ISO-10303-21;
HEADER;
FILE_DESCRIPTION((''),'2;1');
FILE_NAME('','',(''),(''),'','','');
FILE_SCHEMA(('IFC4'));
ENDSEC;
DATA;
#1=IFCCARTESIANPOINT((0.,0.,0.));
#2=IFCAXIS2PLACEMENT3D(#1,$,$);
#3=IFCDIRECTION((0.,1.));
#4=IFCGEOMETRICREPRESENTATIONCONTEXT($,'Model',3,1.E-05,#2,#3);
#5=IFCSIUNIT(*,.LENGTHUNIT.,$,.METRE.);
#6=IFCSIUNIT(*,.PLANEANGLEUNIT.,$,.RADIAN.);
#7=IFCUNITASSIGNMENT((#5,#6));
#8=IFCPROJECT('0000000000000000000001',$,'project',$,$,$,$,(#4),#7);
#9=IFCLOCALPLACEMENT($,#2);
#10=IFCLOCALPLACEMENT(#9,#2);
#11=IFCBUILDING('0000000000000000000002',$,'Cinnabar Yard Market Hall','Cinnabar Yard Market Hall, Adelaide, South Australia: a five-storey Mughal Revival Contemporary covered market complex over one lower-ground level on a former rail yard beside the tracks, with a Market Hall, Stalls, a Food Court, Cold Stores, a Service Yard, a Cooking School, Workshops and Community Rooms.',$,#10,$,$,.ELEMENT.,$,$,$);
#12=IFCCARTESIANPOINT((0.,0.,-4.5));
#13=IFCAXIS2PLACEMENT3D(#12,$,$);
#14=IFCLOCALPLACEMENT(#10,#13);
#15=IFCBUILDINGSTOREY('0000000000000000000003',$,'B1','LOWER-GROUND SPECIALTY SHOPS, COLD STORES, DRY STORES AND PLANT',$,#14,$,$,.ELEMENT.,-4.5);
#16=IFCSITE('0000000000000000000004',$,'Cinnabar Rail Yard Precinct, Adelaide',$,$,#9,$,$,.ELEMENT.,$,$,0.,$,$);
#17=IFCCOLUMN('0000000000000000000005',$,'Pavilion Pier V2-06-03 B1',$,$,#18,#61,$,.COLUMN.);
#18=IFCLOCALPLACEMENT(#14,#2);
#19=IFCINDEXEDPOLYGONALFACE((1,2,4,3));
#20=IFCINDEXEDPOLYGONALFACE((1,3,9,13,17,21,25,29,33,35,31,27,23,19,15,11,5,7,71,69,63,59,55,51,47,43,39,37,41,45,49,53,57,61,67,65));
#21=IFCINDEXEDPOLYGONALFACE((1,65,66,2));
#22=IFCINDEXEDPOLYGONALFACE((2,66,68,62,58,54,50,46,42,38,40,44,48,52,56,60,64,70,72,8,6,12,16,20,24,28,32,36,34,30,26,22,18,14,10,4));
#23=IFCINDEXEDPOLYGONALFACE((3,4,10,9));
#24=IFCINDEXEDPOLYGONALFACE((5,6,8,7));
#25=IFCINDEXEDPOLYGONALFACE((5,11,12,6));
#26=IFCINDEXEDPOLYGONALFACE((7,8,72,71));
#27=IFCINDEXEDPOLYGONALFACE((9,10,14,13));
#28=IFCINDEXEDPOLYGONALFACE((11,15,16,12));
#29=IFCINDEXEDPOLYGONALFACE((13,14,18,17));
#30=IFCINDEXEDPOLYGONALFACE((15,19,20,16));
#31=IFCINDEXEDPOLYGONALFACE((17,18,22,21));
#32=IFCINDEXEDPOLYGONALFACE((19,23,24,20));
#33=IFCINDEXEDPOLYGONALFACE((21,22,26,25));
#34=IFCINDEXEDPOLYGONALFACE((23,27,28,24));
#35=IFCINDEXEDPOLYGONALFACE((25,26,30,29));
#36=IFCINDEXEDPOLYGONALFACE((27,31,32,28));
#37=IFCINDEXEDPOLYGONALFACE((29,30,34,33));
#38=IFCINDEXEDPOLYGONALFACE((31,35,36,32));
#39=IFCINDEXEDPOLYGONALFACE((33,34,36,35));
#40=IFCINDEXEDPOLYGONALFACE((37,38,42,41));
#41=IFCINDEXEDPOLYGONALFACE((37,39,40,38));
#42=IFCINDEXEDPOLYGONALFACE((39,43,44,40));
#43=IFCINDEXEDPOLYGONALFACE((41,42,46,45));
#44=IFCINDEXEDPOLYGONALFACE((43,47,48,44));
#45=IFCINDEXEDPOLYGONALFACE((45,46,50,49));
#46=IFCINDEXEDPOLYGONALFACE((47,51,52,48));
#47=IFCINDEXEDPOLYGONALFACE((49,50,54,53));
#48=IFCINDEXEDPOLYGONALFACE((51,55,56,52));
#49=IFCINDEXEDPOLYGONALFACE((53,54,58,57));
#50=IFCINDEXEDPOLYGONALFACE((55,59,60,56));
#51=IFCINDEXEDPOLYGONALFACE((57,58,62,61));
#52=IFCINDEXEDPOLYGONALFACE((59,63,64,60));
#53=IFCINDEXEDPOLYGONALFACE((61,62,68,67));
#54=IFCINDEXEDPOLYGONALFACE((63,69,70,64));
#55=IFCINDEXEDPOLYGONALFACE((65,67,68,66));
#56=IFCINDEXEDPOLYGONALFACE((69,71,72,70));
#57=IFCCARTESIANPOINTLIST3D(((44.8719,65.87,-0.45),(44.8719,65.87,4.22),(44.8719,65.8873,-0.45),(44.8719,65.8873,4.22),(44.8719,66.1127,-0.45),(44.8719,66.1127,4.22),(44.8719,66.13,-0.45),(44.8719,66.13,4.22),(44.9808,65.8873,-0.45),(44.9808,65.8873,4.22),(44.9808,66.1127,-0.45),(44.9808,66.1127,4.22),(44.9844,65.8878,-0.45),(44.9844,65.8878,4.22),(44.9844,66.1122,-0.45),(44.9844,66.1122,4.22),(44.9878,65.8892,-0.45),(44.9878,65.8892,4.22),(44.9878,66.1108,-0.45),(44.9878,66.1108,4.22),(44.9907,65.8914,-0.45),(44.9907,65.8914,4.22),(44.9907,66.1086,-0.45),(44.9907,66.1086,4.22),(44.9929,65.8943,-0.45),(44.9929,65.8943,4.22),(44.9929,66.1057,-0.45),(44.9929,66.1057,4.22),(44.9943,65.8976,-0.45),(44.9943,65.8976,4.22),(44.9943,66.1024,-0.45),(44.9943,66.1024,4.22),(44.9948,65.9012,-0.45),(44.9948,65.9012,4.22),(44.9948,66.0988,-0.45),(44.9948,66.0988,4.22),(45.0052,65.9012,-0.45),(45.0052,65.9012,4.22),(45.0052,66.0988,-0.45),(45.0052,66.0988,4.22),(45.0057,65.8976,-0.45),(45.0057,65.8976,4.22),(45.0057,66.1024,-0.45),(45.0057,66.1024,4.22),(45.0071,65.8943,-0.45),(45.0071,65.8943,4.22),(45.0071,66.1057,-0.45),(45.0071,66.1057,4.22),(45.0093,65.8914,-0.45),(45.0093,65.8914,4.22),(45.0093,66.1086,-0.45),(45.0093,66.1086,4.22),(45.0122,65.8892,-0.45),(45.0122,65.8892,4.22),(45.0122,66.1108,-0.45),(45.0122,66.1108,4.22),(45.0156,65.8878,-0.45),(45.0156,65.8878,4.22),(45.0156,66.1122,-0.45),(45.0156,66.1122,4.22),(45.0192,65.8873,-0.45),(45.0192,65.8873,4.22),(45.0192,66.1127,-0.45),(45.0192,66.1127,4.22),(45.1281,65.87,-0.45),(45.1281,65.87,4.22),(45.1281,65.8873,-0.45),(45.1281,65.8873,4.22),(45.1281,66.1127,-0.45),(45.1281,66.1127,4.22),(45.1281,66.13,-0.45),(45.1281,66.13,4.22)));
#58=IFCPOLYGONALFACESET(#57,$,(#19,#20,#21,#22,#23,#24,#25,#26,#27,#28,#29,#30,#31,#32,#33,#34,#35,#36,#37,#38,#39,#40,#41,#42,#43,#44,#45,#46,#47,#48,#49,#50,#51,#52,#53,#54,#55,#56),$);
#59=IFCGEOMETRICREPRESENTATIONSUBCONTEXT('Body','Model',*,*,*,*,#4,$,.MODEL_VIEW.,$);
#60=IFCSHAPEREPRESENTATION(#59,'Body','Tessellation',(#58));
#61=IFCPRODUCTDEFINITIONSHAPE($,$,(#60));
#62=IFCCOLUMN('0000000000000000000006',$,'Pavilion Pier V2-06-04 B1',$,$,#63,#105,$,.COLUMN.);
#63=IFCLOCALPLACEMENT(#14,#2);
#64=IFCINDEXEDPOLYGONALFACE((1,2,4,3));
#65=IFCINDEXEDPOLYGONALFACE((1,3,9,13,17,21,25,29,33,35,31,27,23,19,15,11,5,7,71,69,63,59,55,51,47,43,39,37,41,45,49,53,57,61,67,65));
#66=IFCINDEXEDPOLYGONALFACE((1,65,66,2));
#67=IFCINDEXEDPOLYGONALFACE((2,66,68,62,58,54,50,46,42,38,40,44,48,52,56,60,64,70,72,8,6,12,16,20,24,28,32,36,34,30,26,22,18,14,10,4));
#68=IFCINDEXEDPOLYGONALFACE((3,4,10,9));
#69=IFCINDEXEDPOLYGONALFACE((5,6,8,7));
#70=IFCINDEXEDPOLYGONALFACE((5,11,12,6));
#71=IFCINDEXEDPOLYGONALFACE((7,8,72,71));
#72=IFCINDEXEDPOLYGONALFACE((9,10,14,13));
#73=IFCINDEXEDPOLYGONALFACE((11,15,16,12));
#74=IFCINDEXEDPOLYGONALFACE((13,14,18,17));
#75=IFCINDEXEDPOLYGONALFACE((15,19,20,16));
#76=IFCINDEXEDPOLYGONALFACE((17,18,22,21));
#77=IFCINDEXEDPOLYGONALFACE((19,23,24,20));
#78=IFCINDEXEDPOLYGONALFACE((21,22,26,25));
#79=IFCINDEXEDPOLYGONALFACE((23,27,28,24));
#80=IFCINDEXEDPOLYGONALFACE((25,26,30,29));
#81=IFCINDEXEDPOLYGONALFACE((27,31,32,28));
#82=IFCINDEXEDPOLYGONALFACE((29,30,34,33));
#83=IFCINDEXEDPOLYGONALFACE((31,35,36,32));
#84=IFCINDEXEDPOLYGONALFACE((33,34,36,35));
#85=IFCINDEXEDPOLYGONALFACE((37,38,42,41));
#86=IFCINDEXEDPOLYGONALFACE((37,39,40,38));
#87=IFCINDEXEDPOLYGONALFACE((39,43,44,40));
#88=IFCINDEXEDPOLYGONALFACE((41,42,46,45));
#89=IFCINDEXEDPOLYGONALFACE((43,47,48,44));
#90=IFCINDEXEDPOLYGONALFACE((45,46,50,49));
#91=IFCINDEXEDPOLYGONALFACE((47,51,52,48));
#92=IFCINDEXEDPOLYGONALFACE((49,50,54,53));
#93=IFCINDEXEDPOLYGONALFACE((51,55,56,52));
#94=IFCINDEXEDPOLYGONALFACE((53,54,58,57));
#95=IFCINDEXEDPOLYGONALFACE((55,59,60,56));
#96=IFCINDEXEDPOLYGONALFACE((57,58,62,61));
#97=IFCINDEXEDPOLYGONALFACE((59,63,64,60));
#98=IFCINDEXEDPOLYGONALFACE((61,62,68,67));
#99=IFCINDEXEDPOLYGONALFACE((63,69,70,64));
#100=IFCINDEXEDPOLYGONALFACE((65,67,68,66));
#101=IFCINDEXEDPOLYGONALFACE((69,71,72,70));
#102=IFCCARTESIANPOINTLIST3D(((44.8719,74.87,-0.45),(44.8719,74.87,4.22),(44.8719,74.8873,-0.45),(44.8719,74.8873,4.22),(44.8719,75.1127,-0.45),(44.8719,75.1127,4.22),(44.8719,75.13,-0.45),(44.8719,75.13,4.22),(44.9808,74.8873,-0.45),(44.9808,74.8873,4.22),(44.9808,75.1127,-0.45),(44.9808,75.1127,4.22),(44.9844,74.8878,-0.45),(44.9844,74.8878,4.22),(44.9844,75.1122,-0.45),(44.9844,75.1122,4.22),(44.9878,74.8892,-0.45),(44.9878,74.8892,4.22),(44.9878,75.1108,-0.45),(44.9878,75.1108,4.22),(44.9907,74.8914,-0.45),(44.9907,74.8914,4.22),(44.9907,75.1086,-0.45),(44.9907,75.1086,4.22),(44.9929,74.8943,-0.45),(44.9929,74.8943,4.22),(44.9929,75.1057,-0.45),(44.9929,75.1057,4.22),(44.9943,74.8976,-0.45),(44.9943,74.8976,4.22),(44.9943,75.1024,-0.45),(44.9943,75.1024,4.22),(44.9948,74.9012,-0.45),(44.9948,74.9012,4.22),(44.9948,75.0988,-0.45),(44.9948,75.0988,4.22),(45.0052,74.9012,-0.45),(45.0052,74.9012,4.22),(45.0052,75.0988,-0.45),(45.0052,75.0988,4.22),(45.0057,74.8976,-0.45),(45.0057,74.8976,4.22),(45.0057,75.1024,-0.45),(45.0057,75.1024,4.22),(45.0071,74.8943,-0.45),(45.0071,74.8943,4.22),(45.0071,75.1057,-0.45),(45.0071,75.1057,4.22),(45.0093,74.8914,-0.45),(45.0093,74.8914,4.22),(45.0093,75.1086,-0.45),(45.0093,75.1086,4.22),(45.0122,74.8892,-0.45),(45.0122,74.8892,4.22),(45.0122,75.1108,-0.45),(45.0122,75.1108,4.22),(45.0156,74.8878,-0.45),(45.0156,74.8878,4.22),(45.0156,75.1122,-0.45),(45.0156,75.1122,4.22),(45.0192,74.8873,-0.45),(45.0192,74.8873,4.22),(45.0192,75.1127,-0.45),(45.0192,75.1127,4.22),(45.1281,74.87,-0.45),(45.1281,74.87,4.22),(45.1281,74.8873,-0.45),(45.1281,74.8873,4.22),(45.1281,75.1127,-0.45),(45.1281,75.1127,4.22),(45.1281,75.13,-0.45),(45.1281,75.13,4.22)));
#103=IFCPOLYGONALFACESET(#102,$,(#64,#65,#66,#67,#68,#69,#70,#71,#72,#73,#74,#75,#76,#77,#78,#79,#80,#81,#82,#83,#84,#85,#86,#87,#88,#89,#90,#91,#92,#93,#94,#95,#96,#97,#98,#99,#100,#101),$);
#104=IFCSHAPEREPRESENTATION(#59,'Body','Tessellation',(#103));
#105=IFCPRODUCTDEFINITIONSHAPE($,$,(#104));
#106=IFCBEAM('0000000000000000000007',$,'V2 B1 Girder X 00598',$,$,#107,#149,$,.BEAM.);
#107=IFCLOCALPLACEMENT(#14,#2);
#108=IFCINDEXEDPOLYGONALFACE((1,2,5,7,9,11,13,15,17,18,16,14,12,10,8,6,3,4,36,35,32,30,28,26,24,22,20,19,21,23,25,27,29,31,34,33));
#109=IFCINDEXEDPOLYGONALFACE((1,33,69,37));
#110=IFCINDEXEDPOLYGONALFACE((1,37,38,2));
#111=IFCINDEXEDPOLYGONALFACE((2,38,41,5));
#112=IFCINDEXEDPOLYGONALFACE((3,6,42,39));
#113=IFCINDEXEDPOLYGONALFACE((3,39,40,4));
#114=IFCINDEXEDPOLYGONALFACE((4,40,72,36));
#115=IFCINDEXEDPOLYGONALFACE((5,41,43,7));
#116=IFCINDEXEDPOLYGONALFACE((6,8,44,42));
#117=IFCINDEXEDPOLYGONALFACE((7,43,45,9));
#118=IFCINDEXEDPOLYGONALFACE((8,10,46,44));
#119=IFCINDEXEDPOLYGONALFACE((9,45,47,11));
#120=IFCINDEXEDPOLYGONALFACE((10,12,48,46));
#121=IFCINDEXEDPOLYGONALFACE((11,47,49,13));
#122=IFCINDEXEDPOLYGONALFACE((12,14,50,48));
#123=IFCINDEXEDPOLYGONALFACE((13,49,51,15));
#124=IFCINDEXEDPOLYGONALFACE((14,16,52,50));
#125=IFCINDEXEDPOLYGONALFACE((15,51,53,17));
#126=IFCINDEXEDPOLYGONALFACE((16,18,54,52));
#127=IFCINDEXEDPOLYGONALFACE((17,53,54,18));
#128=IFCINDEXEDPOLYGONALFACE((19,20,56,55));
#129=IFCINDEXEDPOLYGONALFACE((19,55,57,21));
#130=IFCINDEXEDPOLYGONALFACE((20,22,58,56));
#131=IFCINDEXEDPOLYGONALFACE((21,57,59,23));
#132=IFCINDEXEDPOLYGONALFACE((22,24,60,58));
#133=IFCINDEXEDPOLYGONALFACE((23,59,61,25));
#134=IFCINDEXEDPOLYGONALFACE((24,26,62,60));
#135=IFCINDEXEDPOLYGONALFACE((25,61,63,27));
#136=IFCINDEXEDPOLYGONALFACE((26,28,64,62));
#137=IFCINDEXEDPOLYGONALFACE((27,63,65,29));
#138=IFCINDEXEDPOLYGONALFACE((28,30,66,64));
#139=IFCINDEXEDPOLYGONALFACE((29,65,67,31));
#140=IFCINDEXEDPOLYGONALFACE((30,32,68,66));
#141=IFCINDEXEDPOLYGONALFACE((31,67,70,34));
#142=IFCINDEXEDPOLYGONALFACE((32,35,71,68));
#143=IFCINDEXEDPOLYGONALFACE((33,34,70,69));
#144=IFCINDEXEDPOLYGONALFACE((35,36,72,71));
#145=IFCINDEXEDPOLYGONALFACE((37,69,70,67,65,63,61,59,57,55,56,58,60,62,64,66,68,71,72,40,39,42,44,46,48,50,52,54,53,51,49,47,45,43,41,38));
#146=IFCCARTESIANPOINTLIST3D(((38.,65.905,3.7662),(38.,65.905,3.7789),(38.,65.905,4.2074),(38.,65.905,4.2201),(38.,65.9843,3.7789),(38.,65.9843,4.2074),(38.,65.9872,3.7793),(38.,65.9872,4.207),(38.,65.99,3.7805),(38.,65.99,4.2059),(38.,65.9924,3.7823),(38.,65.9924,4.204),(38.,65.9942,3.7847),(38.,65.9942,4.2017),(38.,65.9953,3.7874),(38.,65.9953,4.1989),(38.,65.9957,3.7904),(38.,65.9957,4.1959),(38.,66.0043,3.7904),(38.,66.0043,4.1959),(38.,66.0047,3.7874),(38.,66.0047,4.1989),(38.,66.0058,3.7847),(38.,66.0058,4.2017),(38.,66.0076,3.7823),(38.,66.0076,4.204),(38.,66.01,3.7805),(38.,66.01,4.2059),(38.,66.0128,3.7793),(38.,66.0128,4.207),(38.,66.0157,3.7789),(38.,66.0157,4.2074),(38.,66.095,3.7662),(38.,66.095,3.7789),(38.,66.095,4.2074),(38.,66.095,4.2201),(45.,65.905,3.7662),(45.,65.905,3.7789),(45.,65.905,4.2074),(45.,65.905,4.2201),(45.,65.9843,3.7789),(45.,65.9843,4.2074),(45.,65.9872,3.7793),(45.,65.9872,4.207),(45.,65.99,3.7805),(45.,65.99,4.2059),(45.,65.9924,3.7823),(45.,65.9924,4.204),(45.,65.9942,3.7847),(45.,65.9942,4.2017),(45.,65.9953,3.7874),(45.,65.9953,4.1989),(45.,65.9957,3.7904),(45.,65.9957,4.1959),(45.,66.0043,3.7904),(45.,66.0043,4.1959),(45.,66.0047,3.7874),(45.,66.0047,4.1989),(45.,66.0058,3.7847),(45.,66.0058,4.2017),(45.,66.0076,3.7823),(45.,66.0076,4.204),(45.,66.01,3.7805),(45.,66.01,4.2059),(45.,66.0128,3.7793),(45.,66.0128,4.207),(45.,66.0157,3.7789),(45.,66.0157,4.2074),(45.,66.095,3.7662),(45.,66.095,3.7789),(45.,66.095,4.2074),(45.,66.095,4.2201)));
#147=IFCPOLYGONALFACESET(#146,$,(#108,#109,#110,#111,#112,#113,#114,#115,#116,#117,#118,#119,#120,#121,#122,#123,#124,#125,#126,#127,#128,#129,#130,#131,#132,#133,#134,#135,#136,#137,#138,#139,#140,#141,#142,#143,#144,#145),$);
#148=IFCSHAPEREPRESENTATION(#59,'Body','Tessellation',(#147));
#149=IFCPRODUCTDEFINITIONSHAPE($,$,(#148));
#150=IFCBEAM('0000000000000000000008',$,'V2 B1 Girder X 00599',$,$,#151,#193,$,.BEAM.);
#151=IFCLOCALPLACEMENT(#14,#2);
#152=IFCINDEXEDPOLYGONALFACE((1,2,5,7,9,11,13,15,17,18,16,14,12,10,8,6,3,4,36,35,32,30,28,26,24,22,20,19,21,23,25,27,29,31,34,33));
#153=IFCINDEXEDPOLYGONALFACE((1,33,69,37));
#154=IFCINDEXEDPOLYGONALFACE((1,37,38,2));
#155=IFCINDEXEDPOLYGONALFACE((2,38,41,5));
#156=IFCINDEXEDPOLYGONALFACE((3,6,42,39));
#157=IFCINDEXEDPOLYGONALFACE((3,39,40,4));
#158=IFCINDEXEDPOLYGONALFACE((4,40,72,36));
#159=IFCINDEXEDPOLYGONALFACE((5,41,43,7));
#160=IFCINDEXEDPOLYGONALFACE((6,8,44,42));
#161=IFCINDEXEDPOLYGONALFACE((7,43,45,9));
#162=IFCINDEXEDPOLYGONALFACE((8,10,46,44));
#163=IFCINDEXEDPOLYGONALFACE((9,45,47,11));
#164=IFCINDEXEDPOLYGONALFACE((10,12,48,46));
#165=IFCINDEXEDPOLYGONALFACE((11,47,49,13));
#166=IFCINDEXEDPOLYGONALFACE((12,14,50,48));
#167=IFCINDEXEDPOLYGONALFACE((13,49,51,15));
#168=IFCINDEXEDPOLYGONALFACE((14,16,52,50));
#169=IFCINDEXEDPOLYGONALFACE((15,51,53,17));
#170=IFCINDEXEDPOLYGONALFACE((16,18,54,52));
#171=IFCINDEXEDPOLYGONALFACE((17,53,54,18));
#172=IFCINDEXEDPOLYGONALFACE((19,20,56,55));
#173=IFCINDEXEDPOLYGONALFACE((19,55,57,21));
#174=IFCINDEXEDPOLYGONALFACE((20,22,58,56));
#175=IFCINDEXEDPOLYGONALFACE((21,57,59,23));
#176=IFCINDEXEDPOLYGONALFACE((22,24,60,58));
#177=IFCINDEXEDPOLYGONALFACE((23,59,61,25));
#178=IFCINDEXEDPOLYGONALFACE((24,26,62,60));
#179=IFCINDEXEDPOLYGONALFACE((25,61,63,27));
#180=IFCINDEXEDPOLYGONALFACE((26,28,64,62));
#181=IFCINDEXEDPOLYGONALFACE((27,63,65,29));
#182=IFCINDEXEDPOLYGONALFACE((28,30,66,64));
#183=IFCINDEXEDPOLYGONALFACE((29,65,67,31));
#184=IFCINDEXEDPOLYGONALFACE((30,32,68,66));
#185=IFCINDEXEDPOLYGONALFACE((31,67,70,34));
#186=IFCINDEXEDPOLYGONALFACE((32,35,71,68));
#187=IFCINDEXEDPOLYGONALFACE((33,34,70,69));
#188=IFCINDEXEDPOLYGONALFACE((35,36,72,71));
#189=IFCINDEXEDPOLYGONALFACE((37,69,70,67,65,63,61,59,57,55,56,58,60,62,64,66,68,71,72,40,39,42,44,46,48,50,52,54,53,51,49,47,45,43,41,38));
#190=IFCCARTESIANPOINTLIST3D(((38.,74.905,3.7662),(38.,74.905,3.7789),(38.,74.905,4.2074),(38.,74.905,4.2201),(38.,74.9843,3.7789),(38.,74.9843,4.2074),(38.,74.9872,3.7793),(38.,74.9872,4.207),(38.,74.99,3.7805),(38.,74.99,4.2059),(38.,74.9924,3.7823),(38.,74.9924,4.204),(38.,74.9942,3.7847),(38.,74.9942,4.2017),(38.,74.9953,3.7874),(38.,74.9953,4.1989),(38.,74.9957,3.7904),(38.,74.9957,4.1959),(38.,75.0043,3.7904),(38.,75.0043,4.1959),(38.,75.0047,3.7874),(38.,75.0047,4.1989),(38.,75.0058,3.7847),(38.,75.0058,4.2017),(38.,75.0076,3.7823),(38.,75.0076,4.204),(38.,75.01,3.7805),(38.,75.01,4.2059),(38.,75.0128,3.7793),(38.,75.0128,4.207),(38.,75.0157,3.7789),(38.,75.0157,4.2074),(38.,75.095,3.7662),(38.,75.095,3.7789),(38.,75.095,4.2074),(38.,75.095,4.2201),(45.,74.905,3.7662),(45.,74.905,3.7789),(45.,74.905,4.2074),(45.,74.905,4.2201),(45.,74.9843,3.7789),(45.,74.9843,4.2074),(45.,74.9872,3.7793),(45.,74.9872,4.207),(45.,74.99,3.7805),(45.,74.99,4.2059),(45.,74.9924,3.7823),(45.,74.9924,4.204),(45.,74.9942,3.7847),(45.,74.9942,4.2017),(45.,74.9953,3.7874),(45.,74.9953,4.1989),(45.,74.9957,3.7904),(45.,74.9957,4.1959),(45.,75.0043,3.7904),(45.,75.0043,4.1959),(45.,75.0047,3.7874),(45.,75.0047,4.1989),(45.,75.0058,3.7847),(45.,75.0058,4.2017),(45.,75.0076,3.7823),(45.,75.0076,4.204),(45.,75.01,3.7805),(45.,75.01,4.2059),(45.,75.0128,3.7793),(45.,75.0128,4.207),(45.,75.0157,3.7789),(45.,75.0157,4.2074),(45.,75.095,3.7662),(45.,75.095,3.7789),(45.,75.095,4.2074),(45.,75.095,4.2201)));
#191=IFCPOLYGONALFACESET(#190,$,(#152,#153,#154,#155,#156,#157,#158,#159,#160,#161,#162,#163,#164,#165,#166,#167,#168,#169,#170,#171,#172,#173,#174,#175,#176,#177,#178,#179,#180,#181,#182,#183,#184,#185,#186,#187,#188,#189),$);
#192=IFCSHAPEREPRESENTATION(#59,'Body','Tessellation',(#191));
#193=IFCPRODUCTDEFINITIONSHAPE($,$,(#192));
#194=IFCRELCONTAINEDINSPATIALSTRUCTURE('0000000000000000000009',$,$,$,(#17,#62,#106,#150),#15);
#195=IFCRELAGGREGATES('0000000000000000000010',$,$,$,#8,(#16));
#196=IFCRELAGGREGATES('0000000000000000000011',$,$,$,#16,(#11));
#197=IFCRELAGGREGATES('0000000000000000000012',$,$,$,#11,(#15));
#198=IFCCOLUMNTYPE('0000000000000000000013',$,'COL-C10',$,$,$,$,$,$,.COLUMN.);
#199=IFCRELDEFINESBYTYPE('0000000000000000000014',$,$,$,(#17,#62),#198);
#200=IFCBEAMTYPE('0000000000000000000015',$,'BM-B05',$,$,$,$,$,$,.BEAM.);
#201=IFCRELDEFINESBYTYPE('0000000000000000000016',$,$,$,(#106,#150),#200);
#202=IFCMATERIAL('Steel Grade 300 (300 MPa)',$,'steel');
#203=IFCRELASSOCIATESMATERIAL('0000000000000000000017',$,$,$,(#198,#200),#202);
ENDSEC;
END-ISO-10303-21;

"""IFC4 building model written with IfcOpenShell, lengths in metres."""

from ifc_helpers import new_model, si_unit, direction, frame, origin, origin_2d_with_axis, place, context, subcontext, project, spatial, i_section, extrude, material, material_profile, profile_set, type_object, element, save


model = new_model("IFC4")

# Units and contexts
model_context = context("Model", 3, precision=1e-05, world=origin(), true_north=direction((0.0, 1.0)))
body_context = subcontext(model_context, "Body", "Model", "MODEL_VIEW")
ifc_project = project(units=[si_unit("LENGTHUNIT", "METRE"), si_unit("PLANEANGLEUNIT", "RADIAN")], contexts=[model_context])

# Site, building, storey
site_placement = place(None, origin())
site = spatial("IfcSite", under=ifc_project, at=site_placement, Name="Cinnabar Rail Yard Precinct, Adelaide", CompositionType="ELEMENT", RefElevation=0.0)
building_placement = place(site_placement, origin())
building = spatial("IfcBuilding", under=site, at=building_placement, Name="Cinnabar Yard Market Hall", Description="Cinnabar Yard Market Hall, Adelaide, South Australia: a five-storey Mughal Revival Contemporary covered market complex over one lower-ground level on a former rail yard beside the tracks, with a Market Hall, Stalls, a Food Court, Cold Stores, a Service Yard, a Cooking School, Workshops and Community Rooms.", CompositionType="ELEMENT")
storey_placement = place(building_placement, frame((0.0, 0.0, -4.5)))
storey = spatial("IfcBuildingStorey", under=building, at=storey_placement, Name="B1", Description="LOWER-GROUND SPECIALTY SHOPS, COLD STORES, DRY STORES AND PLANT", CompositionType="ELEMENT", Elevation=-4.5)

# Columns
ifc_material_1 = material(Name="Steel Grade 300 (300 MPa)", Category="steel")
ifc_material_profile_1 = material_profile(ifc_material_1, i_section(OverallWidth=0.2561, OverallDepth=0.26, WebThickness=0.0105, FlangeThickness=0.0173, FilletRadius=0.0139, at=origin_2d_with_axis()), Name="250UC89.5")
ifc_profile_set_1 = profile_set([ifc_material_profile_1], Name="Steel Grade 300 (300 MPa)")
column_type = type_object("IfcColumnType", Name="COL-C10", PredefinedType="COLUMN", material=ifc_profile_set_1)
for number, where, z_axis, x_axis, name in (
    (1, (45.0, 66.0, -0.45), (0.0, 0.0, 1.0), (1.0, 0.0, 0.0), "Pavilion Pier V2-06-03 B1"),
    (2, (45.0, 75.0, -0.45), (0.0, 0.0, 1.0), (1.0, 0.0, 0.0), "Pavilion Pier V2-06-04 B1"),
):
    element("IfcColumn", number, at=place(storey_placement, frame(where, z_axis=z_axis, x_axis=x_axis)), inside=storey, type_object=column_type, Name=name, PredefinedType="COLUMN", context=body_context, shape_type="SweptSolid", body=[
        extrude(i_section(OverallWidth=0.2561, OverallDepth=0.26, WebThickness=0.0105, FlangeThickness=0.0173, FilletRadius=0.0139, at=origin_2d_with_axis()), origin(), (0.0, 0.0, 1.0), 4.6699),
    ])

# Beams
ifc_material_profile_2 = material_profile(ifc_material_1, i_section(OverallWidth=0.1899, OverallDepth=0.4539, WebThickness=0.0085, FlangeThickness=0.0127, FilletRadius=0.0115, at=origin_2d_with_axis()), Name="460UB67.1")
ifc_profile_set_2 = profile_set([ifc_material_profile_2], Name="Steel Grade 300 (300 MPa)")
beam_type_1 = type_object("IfcBeamType", Name="BM-B05", PredefinedType="BEAM", material=ifc_profile_set_2)
for number, where, z_axis, x_axis, name in (
    (3, (38.0, 66.0, 3.9932), (1.0, 0.0, 0.0), (0.0, 1.0, 0.0), "V2 B1 Girder X 00598"),
    (4, (38.0, 75.0, 3.9932), (1.0, 0.0, 0.0), (0.0, 1.0, 0.0), "V2 B1 Girder X 00599"),
):
    element("IfcBeam", number, at=place(storey_placement, frame(where, z_axis=z_axis, x_axis=x_axis)), inside=storey, type_object=beam_type_1, Name=name, PredefinedType="BEAM", context=body_context, shape_type="SweptSolid", body=[
        extrude(i_section(OverallWidth=0.1899, OverallDepth=0.4539, WebThickness=0.0085, FlangeThickness=0.0127, FilletRadius=0.0115, at=origin_2d_with_axis()), origin(), (0.0, 0.0, 1.0), 7.0),
    ])

save(model, "model.ifc")
